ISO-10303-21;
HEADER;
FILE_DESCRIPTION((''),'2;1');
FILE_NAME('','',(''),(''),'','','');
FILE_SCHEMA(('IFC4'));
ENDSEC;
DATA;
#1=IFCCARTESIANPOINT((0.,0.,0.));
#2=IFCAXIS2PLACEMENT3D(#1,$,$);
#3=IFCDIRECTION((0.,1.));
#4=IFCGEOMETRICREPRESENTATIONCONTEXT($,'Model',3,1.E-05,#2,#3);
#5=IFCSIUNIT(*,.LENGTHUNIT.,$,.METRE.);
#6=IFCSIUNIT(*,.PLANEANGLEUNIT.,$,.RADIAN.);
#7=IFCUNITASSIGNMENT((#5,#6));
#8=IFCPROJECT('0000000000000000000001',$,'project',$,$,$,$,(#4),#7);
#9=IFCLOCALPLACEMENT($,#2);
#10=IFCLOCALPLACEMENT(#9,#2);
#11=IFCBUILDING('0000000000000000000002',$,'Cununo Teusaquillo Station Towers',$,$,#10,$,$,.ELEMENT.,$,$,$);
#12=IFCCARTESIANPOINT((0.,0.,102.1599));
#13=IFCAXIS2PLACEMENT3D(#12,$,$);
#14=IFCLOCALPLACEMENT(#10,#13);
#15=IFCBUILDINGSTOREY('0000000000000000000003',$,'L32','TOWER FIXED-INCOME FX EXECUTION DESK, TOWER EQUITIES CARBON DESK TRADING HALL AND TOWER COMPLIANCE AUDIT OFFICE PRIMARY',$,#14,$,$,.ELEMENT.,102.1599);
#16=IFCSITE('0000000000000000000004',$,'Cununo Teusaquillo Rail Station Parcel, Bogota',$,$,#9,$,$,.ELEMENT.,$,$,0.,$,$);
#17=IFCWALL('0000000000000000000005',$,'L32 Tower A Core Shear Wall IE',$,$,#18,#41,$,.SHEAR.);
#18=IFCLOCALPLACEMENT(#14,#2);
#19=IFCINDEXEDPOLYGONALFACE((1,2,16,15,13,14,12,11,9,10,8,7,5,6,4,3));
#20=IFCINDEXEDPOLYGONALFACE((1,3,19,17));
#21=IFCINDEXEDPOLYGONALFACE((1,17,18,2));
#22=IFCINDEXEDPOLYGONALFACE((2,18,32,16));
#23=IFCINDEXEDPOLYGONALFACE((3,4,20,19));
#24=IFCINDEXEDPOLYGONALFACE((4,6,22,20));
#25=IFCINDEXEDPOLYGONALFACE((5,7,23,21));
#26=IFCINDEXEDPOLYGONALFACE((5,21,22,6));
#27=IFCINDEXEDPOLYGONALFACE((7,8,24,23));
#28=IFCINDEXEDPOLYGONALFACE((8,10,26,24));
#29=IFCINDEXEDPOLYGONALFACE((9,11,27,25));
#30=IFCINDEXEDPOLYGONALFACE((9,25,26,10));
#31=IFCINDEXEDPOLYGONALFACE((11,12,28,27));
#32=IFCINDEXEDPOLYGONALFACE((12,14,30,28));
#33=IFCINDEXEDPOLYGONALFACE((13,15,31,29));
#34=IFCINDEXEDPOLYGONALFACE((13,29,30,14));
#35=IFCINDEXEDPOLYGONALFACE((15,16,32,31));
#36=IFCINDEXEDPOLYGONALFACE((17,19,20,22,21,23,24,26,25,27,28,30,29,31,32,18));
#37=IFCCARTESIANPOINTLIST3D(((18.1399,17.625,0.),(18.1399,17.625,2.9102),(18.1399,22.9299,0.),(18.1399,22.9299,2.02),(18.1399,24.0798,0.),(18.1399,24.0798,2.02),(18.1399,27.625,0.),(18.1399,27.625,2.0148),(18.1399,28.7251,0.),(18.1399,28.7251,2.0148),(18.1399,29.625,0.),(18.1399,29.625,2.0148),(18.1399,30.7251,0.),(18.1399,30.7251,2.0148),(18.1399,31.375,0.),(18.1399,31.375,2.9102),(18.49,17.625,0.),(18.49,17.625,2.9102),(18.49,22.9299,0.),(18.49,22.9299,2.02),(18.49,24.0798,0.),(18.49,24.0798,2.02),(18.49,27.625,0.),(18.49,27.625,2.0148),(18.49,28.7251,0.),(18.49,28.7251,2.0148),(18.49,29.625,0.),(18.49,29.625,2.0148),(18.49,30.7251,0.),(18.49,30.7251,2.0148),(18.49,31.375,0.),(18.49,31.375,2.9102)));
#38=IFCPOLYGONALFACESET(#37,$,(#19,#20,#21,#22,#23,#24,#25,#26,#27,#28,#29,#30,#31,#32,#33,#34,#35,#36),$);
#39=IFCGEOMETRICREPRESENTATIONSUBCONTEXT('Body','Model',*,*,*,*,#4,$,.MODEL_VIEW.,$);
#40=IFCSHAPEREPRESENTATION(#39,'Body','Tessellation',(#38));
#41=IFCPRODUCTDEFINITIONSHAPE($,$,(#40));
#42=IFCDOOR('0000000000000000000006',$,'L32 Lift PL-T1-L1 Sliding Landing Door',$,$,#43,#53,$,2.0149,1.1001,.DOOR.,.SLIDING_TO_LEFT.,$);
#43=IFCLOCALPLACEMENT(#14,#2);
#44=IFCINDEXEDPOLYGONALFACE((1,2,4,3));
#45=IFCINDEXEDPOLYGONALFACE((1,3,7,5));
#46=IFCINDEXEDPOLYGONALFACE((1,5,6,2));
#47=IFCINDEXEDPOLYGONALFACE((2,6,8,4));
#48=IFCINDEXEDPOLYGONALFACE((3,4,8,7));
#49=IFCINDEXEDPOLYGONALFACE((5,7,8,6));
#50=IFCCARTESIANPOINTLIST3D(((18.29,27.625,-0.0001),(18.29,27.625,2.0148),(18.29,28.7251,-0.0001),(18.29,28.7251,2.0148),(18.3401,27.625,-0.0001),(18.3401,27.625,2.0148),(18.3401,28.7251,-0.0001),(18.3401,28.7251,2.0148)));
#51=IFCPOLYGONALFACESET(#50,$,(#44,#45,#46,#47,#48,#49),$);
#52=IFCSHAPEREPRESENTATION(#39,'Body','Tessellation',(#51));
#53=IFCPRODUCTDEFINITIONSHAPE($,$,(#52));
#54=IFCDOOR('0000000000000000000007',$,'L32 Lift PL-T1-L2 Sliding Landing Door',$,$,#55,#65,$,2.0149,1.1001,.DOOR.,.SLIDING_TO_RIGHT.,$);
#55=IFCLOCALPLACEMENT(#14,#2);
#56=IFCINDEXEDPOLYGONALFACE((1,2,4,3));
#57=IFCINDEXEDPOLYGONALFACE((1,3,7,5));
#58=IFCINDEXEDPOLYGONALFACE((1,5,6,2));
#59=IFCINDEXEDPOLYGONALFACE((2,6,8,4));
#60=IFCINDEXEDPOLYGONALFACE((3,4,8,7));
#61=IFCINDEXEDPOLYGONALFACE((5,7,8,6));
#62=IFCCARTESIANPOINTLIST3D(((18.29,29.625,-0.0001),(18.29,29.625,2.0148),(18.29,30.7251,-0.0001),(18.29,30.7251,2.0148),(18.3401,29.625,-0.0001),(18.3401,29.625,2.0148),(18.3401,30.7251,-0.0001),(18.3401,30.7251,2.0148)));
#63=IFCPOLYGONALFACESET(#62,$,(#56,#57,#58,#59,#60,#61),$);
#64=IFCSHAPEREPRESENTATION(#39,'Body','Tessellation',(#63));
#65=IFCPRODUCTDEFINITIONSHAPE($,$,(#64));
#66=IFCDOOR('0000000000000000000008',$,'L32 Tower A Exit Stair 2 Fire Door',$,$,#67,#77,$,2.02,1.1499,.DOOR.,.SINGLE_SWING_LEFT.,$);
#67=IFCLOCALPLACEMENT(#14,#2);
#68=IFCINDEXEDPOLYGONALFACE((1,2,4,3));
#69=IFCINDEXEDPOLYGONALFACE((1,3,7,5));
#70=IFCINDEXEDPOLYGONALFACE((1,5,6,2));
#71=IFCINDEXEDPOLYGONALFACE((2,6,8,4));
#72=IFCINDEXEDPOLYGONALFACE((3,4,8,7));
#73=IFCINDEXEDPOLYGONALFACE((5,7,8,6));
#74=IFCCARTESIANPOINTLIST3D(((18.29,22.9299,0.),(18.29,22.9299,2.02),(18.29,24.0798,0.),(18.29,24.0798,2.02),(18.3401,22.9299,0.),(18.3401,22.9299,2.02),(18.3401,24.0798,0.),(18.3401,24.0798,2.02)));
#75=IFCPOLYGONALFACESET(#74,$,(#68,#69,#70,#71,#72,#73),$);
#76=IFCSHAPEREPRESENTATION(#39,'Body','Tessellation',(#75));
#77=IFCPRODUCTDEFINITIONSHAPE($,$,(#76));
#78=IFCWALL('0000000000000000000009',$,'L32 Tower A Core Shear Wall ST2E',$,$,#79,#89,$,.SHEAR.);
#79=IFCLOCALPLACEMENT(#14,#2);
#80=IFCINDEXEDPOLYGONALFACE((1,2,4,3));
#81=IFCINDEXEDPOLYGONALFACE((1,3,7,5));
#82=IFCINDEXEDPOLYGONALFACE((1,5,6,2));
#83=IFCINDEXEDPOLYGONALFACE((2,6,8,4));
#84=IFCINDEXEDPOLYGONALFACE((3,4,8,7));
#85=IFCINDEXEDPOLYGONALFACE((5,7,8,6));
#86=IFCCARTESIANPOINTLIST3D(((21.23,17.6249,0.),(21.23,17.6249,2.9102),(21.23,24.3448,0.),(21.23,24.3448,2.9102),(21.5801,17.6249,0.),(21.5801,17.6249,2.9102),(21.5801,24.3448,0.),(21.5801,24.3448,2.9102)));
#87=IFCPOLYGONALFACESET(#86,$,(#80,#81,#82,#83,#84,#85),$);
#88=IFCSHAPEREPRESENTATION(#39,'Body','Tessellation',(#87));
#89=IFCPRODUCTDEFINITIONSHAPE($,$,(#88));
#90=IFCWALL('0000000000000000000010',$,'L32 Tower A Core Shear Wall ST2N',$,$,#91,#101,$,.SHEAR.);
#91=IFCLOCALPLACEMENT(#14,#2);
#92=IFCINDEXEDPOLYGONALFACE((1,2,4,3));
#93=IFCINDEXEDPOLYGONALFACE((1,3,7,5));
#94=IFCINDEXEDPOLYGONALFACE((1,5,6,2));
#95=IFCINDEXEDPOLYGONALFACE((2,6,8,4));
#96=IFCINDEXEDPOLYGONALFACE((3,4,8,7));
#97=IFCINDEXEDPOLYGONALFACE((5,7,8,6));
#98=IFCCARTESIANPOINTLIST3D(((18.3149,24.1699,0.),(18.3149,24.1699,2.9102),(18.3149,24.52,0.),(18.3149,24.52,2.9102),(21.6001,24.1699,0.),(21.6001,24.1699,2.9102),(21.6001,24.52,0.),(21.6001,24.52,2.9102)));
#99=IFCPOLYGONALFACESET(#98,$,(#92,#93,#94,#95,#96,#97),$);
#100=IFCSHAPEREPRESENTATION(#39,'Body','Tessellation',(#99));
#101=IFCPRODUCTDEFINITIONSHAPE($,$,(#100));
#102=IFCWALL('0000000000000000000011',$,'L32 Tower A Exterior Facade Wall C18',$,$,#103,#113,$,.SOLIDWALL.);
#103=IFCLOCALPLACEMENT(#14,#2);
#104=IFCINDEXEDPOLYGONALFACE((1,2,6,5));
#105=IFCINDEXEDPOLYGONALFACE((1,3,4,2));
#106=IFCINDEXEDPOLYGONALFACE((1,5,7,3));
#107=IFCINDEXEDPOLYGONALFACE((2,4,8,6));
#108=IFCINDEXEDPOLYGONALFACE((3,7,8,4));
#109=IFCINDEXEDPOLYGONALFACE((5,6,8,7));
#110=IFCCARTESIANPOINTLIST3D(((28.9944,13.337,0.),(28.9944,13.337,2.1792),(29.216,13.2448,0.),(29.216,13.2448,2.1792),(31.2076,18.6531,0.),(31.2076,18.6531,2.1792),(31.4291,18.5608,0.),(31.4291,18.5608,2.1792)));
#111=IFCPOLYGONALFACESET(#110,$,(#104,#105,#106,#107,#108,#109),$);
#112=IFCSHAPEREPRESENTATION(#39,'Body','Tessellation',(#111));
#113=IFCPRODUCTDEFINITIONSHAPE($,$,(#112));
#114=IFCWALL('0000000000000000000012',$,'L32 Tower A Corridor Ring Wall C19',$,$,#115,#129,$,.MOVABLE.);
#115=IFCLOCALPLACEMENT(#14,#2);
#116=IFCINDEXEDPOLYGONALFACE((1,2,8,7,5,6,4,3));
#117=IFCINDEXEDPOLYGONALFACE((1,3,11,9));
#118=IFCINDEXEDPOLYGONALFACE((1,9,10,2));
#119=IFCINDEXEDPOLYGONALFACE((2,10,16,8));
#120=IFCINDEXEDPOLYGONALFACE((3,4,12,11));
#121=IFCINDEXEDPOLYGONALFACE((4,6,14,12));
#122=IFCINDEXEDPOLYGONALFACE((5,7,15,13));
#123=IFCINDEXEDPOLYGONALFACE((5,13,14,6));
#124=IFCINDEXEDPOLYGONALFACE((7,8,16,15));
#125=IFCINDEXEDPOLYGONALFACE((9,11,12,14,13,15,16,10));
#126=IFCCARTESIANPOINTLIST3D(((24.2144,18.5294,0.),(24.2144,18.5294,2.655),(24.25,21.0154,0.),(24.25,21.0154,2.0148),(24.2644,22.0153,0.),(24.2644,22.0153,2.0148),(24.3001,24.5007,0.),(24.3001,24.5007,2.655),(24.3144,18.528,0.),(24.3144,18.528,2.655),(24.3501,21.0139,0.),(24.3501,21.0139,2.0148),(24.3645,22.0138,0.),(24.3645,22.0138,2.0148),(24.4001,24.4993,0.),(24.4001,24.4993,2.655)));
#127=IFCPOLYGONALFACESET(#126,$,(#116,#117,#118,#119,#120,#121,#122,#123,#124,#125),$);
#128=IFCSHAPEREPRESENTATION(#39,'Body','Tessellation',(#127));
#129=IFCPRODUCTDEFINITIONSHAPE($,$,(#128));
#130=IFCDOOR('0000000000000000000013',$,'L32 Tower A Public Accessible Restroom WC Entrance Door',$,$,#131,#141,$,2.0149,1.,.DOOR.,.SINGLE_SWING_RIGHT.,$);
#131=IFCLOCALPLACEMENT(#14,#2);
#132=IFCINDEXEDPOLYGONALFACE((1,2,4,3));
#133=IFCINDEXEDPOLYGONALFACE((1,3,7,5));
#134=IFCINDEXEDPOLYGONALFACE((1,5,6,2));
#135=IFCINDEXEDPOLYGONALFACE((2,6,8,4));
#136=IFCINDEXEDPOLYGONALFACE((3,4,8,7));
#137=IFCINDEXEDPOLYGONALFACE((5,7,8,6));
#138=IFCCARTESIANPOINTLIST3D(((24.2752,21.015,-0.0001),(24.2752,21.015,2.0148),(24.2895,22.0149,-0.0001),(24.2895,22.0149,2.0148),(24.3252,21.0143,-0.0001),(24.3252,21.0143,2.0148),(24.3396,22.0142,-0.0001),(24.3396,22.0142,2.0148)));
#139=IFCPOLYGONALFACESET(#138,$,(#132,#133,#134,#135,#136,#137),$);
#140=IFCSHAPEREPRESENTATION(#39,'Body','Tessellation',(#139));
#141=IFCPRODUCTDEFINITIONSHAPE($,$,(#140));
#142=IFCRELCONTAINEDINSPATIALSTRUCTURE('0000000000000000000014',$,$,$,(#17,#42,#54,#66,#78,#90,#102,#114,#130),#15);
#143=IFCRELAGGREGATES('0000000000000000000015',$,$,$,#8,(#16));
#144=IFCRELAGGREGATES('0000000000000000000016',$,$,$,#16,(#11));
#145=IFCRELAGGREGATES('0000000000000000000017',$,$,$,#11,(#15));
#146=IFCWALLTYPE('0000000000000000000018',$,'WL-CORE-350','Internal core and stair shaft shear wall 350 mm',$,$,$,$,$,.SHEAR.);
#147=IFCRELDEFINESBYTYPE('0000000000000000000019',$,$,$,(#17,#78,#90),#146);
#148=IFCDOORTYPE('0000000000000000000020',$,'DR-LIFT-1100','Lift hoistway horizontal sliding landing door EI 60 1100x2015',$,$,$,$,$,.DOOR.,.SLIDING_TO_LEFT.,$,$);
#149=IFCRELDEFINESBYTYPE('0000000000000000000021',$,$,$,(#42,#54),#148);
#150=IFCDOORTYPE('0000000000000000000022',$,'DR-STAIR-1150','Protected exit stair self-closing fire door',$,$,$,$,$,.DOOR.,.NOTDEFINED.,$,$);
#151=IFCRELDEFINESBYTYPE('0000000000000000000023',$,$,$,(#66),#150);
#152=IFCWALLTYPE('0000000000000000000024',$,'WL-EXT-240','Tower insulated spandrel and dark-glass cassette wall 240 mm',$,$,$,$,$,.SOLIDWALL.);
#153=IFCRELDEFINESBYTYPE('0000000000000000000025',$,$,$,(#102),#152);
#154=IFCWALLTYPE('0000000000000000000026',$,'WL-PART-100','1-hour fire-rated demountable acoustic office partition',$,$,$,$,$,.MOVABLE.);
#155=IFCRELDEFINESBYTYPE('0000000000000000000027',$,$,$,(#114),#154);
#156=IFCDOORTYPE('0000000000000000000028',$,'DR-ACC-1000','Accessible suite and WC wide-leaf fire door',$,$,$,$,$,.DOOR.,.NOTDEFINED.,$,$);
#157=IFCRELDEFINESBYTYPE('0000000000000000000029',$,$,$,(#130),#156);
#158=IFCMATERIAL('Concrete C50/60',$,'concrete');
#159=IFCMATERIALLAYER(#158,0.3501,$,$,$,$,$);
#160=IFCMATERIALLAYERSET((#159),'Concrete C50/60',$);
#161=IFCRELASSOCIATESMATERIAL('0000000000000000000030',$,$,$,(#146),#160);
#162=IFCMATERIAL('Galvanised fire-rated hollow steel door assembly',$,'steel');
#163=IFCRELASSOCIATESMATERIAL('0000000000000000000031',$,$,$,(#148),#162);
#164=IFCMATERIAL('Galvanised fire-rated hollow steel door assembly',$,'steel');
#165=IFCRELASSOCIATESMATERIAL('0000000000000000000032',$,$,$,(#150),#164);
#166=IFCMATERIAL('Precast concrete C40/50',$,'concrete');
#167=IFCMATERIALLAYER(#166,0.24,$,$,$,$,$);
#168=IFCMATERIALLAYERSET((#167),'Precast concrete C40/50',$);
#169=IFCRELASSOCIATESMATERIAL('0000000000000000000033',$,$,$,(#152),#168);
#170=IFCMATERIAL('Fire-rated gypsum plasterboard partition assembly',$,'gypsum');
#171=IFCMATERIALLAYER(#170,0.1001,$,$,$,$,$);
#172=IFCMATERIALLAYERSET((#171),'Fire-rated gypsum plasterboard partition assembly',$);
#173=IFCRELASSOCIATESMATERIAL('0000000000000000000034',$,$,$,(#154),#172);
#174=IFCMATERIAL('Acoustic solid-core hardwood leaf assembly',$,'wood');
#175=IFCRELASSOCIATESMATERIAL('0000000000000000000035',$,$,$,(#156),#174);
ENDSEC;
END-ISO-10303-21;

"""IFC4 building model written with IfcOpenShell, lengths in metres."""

from ifc_helpers import new_model, si_unit, direction, frame, frame_2d, origin, place, context, subcontext, project, spatial, rectangle, extrude, source, transform, mapped, material, layer, layer_set, type_object, element, fill, save


model = new_model("IFC4")

# Units and contexts
model_context = context("Model", 3, precision=1e-05, world=origin(), true_north=direction((0.0, 1.0)))
body_context = subcontext(model_context, "Body", "Model", "MODEL_VIEW")
ifc_project = project(units=[si_unit("LENGTHUNIT", "METRE"), si_unit("PLANEANGLEUNIT", "RADIAN")], contexts=[model_context])

# Site, building, storey
site_placement = place(None, origin())
site = spatial("IfcSite", under=ifc_project, at=site_placement, Name="Cununo Teusaquillo Rail Station Parcel, Bogota", CompositionType="ELEMENT", RefElevation=0.0)
building_placement = place(site_placement, origin())
building = spatial("IfcBuilding", under=site, at=building_placement, Name="Cununo Teusaquillo Station Towers", CompositionType="ELEMENT")
storey_placement = place(building_placement, frame((0.0, 0.0, 102.1599)))
storey = spatial("IfcBuildingStorey", under=building, at=storey_placement, Name="L32", Description="TOWER FIXED-INCOME FX EXECUTION DESK, TOWER EQUITIES CARBON DESK TRADING HALL AND TOWER COMPLIANCE AUDIT OFFICE PRIMARY", CompositionType="ELEMENT", Elevation=102.1599)

# Wall, openings, doors
ifc_material_1 = material(Name="Concrete C50/60", Category="concrete")
ifc_layer_1 = layer(ifc_material_1, 0.3501)
ifc_layer_set_1 = layer_set([ifc_layer_1], Name="Concrete C50/60")
wall_type_1 = type_object("IfcWallType", Name="WL-CORE-350", Description="Internal core and stair shaft shear wall 350 mm", PredefinedType="SHEAR", material=ifc_layer_set_1)
wall_1_placement = place(storey_placement, frame((18.3149, 17.625, 0.0), z_axis=(0.0, 0.0, 1.0), x_axis=(0.0, 1.0, 0.0)))
wall_1 = element("IfcWall", 1, at=wall_1_placement, inside=storey, type_object=wall_type_1, Name="L32 Tower A Core Shear Wall IE", PredefinedType="SHEAR", context=body_context, shape_type="SweptSolid", body=[
    extrude(rectangle(XDim=13.75, YDim=0.3501, at=frame_2d((6.875, 0.0))), origin(), (0.0, 0.0, 1.0), 2.9102),
])
shared_shape_1 = source(origin(), body_context, "Body", "SweptSolid", [
    extrude(rectangle(XDim=1.1001, YDim=2.0149, at=frame_2d((0.55, 1.0073))), frame((0.0, 0.1851, 0.0), z_axis=(0.0, -1.0, 0.0), x_axis=(1.0, 0.0, 0.0)), (0.0, 0.0, 1.0), 0.3701),
])
opening_1_placement = place(wall_1_placement, frame((10.0, 0.0, 0.0)))
opening_1 = element("IfcOpeningElement", 2, at=opening_1_placement, cuts=wall_1, PredefinedType="OPENING", context=body_context, shape_type="MappedRepresentation", body=[
    mapped(shared_shape_1, transform((0.0, 0.0, 0.0), x_axis=(1.0, 0.0, 0.0), y_axis=(0.0, 1.0, 0.0), z_axis=(0.0, 0.0, 1.0), scale=1.0)),
])
opening_2_placement = place(wall_1_placement, frame((12.0, 0.0, 0.0)))
opening_2 = element("IfcOpeningElement", 3, at=opening_2_placement, cuts=wall_1, PredefinedType="OPENING", context=body_context, shape_type="MappedRepresentation", body=[
    mapped(shared_shape_1, transform((0.0, 0.0, 0.0), x_axis=(1.0, 0.0, 0.0), y_axis=(0.0, 1.0, 0.0), z_axis=(0.0, 0.0, 1.0), scale=1.0)),
])
shared_shape_2 = source(origin(), body_context, "Body", "SweptSolid", [
    extrude(rectangle(XDim=1.1499, YDim=2.02, at=frame_2d((0.575, 1.01))), frame((0.0, 0.1851, 0.0), z_axis=(0.0, -1.0, 0.0), x_axis=(1.0, 0.0, 0.0)), (0.0, 0.0, 1.0), 0.3701),
])
opening_3_placement = place(wall_1_placement, frame((5.3049, 0.0, 0.0)))
opening_3 = element("IfcOpeningElement", 4, at=opening_3_placement, cuts=wall_1, PredefinedType="OPENING", context=body_context, shape_type="MappedRepresentation", body=[
    mapped(shared_shape_2, transform((0.0, 0.0, 0.0), x_axis=(1.0, 0.0, 0.0), y_axis=(0.0, 1.0, 0.0), z_axis=(0.0, 0.0, 1.0), scale=1.0)),
])
ifc_material_2 = material(Name="Galvanised fire-rated hollow steel door assembly", Category="steel")
door_type_1 = type_object("IfcDoorType", Name="DR-LIFT-1100", Description="Lift hoistway horizontal sliding landing door EI 60 1100x2015", OperationType="SLIDING_TO_LEFT", PredefinedType="DOOR", material=ifc_material_2)
shared_shape_3 = source(origin(), body_context, "Body", "SweptSolid", [
    extrude(rectangle(XDim=1.1001, YDim=2.0149, at=frame_2d((0.55, 1.0073))), frame((0.0, 0.0249, 0.0), z_axis=(0.0, -1.0, 0.0), x_axis=(1.0, 0.0, 0.0)), (0.0, 0.0, 1.0), 0.05),
])
door_1_placement = place(opening_1_placement, origin())
door_1 = element("IfcDoor", 5, at=door_1_placement, inside=storey, type_object=door_type_1, Name="L32 Lift PL-T1-L1 Sliding Landing Door", OperationType="SLIDING_TO_LEFT", OverallHeight=2.0149, OverallWidth=1.1001, PredefinedType="DOOR", context=body_context, shape_type="MappedRepresentation", body=[
    mapped(shared_shape_3, transform((0.0, 0.0, 0.0), x_axis=(1.0, 0.0, 0.0), y_axis=(0.0, 1.0, 0.0), z_axis=(0.0, 0.0, 1.0), scale=1.0)),
])
fill(opening_1, door_1)
door_2_placement = place(opening_2_placement, origin())
door_2 = element("IfcDoor", 6, at=door_2_placement, inside=storey, type_object=door_type_1, Name="L32 Lift PL-T1-L2 Sliding Landing Door", OperationType="SLIDING_TO_RIGHT", OverallHeight=2.0149, OverallWidth=1.1001, PredefinedType="DOOR", context=body_context, shape_type="MappedRepresentation", body=[
    mapped(shared_shape_3, transform((0.0, 0.0, 0.0), x_axis=(1.0, 0.0, 0.0), y_axis=(0.0, 1.0, 0.0), z_axis=(0.0, 0.0, 1.0), scale=1.0)),
])
fill(opening_2, door_2)
ifc_material_3 = material(Name="Galvanised fire-rated hollow steel door assembly", Category="steel")
door_type_2 = type_object("IfcDoorType", Name="DR-STAIR-1150", Description="Protected exit stair self-closing fire door", OperationType="NOTDEFINED", PredefinedType="DOOR", material=ifc_material_3)
shared_shape_4 = source(origin(), body_context, "Body", "SweptSolid", [
    extrude(rectangle(XDim=1.1499, YDim=2.02, at=frame_2d((0.575, 1.01))), frame((0.0, 0.0249, 0.0), z_axis=(0.0, -1.0, 0.0), x_axis=(1.0, 0.0, 0.0)), (0.0, 0.0, 1.0), 0.05),
])
door_3_placement = place(opening_3_placement, origin())
door_3 = element("IfcDoor", 7, at=door_3_placement, inside=storey, type_object=door_type_2, Name="L32 Tower A Exit Stair 2 Fire Door", OperationType="SINGLE_SWING_LEFT", OverallHeight=2.02, OverallWidth=1.1499, PredefinedType="DOOR", context=body_context, shape_type="MappedRepresentation", body=[
    mapped(shared_shape_4, transform((0.0, 0.0, 0.0), x_axis=(1.0, 0.0, 0.0), y_axis=(0.0, 1.0, 0.0), z_axis=(0.0, 0.0, 1.0), scale=1.0)),
])
fill(opening_3, door_3)

# Walls
wall_2_placement = place(storey_placement, frame((21.405, 17.625, 0.0), z_axis=(0.0, 0.0, 1.0), x_axis=(0.0, 1.0, 0.0)))
element("IfcWall", 8, at=wall_2_placement, inside=storey, type_object=wall_type_1, Name="L32 Tower A Core Shear Wall ST2E", PredefinedType="SHEAR", context=body_context, shape_type="SweptSolid", body=[
    extrude(rectangle(XDim=6.72, YDim=0.3501, at=frame_2d((3.3599, 0.0))), origin(), (0.0, 0.0, 1.0), 2.9102),
])
wall_3_placement = place(storey_placement, frame((18.3149, 24.345, 0.0), z_axis=(0.0, 0.0, 1.0), x_axis=(1.0, 0.0, 0.0)))
element("IfcWall", 9, at=wall_3_placement, inside=storey, type_object=wall_type_1, Name="L32 Tower A Core Shear Wall ST2N", PredefinedType="SHEAR", context=body_context, shape_type="SweptSolid", body=[
    extrude(rectangle(XDim=3.2852, YDim=0.3501, at=frame_2d((1.6426, 0.0))), origin(), (0.0, 0.0, 1.0), 2.9102),
])
ifc_material_4 = material(Name="Precast concrete C40/50", Category="concrete")
ifc_layer_2 = layer(ifc_material_4, 0.24)
ifc_layer_set_2 = layer_set([ifc_layer_2], Name="Precast concrete C40/50")
wall_type_2 = type_object("IfcWallType", Name="WL-EXT-240", Description="Tower insulated spandrel and dark-glass cassette wall 240 mm", PredefinedType="SOLIDWALL", material=ifc_layer_set_2)
wall_4_placement = place(storey_placement, frame((31.3184, 18.6069, 0.0), z_axis=(0.0, 0.0, 1.0), x_axis=(-0.384344, -0.92319, 0.0)))
element("IfcWall", 10, at=wall_4_placement, inside=storey, type_object=wall_type_2, Name="L32 Tower A Exterior Facade Wall C18", PredefinedType="SOLIDWALL", context=body_context, shape_type="SweptSolid", body=[
    extrude(rectangle(XDim=5.7583, YDim=0.24, at=frame_2d((2.8792, 0.0))), origin(), (0.0, 0.0, 1.0), 2.1792),
])

# Wall, opening, door
ifc_material_5 = material(Name="Fire-rated gypsum plasterboard partition assembly", Category="gypsum")
ifc_layer_3 = layer(ifc_material_5, 0.1001)
ifc_layer_set_3 = layer_set([ifc_layer_3], Name="Fire-rated gypsum plasterboard partition assembly")
wall_type_3 = type_object("IfcWallType", Name="WL-PART-100", Description="1-hour fire-rated demountable acoustic office partition", PredefinedType="MOVABLE", material=ifc_layer_set_3)
wall_5_placement = place(storey_placement, frame((24.2644, 18.5288, 0.0), z_axis=(0.0, 0.0, 1.0), x_axis=(0.01435, 0.999897, 0.0)))
wall_5 = element("IfcWall", 11, at=wall_5_placement, inside=storey, type_object=wall_type_3, Name="L32 Tower A Corridor Ring Wall C19", PredefinedType="MOVABLE", context=body_context, shape_type="SweptSolid", body=[
    extrude(rectangle(XDim=5.9719, YDim=0.1001, at=frame_2d((2.9858, 0.0))), origin(), (0.0, 0.0, 1.0), 2.655),
])
shared_shape_5 = source(origin(), body_context, "Body", "SweptSolid", [
    extrude(rectangle(XDim=1.0, YDim=2.0149, at=frame_2d((0.5, 1.0073))), frame((0.0, 0.0601, 0.0), z_axis=(0.0, -1.0, 0.0), x_axis=(1.0, 0.0, 0.0)), (0.0, 0.0, 1.0), 0.1201),
])
opening_4_placement = place(wall_5_placement, frame((2.4861, 0.0, 0.0)))
opening_4 = element("IfcOpeningElement", 12, at=opening_4_placement, cuts=wall_5, PredefinedType="OPENING", context=body_context, shape_type="MappedRepresentation", body=[
    mapped(shared_shape_5, transform((0.0, 0.0, 0.0), x_axis=(1.0, 0.0, 0.0), y_axis=(0.0, 1.0, 0.0), z_axis=(0.0, 0.0, 1.0), scale=1.0)),
])
ifc_material_6 = material(Name="Acoustic solid-core hardwood leaf assembly", Category="wood")
door_type_3 = type_object("IfcDoorType", Name="DR-ACC-1000", Description="Accessible suite and WC wide-leaf fire door", OperationType="NOTDEFINED", PredefinedType="DOOR", material=ifc_material_6)
shared_shape_6 = source(origin(), body_context, "Body", "SweptSolid", [
    extrude(rectangle(XDim=1.0, YDim=2.0149, at=frame_2d((0.5, 1.0073))), frame((0.0, 0.0249, 0.0), z_axis=(0.0, -1.0, 0.0), x_axis=(1.0, 0.0, 0.0)), (0.0, 0.0, 1.0), 0.05),
])
door_4_placement = place(opening_4_placement, origin())
door_4 = element("IfcDoor", 13, at=door_4_placement, inside=storey, type_object=door_type_3, Name="L32 Tower A Public Accessible Restroom WC Entrance Door", OperationType="SINGLE_SWING_RIGHT", OverallHeight=2.0149, OverallWidth=1.0, PredefinedType="DOOR", context=body_context, shape_type="MappedRepresentation", body=[
    mapped(shared_shape_6, transform((0.0, 0.0, 0.0), x_axis=(1.0, 0.0, 0.0), y_axis=(0.0, 1.0, 0.0), z_axis=(0.0, 0.0, 1.0), scale=1.0)),
])
fill(opening_4, door_4)

save(model, "model.ifc")
